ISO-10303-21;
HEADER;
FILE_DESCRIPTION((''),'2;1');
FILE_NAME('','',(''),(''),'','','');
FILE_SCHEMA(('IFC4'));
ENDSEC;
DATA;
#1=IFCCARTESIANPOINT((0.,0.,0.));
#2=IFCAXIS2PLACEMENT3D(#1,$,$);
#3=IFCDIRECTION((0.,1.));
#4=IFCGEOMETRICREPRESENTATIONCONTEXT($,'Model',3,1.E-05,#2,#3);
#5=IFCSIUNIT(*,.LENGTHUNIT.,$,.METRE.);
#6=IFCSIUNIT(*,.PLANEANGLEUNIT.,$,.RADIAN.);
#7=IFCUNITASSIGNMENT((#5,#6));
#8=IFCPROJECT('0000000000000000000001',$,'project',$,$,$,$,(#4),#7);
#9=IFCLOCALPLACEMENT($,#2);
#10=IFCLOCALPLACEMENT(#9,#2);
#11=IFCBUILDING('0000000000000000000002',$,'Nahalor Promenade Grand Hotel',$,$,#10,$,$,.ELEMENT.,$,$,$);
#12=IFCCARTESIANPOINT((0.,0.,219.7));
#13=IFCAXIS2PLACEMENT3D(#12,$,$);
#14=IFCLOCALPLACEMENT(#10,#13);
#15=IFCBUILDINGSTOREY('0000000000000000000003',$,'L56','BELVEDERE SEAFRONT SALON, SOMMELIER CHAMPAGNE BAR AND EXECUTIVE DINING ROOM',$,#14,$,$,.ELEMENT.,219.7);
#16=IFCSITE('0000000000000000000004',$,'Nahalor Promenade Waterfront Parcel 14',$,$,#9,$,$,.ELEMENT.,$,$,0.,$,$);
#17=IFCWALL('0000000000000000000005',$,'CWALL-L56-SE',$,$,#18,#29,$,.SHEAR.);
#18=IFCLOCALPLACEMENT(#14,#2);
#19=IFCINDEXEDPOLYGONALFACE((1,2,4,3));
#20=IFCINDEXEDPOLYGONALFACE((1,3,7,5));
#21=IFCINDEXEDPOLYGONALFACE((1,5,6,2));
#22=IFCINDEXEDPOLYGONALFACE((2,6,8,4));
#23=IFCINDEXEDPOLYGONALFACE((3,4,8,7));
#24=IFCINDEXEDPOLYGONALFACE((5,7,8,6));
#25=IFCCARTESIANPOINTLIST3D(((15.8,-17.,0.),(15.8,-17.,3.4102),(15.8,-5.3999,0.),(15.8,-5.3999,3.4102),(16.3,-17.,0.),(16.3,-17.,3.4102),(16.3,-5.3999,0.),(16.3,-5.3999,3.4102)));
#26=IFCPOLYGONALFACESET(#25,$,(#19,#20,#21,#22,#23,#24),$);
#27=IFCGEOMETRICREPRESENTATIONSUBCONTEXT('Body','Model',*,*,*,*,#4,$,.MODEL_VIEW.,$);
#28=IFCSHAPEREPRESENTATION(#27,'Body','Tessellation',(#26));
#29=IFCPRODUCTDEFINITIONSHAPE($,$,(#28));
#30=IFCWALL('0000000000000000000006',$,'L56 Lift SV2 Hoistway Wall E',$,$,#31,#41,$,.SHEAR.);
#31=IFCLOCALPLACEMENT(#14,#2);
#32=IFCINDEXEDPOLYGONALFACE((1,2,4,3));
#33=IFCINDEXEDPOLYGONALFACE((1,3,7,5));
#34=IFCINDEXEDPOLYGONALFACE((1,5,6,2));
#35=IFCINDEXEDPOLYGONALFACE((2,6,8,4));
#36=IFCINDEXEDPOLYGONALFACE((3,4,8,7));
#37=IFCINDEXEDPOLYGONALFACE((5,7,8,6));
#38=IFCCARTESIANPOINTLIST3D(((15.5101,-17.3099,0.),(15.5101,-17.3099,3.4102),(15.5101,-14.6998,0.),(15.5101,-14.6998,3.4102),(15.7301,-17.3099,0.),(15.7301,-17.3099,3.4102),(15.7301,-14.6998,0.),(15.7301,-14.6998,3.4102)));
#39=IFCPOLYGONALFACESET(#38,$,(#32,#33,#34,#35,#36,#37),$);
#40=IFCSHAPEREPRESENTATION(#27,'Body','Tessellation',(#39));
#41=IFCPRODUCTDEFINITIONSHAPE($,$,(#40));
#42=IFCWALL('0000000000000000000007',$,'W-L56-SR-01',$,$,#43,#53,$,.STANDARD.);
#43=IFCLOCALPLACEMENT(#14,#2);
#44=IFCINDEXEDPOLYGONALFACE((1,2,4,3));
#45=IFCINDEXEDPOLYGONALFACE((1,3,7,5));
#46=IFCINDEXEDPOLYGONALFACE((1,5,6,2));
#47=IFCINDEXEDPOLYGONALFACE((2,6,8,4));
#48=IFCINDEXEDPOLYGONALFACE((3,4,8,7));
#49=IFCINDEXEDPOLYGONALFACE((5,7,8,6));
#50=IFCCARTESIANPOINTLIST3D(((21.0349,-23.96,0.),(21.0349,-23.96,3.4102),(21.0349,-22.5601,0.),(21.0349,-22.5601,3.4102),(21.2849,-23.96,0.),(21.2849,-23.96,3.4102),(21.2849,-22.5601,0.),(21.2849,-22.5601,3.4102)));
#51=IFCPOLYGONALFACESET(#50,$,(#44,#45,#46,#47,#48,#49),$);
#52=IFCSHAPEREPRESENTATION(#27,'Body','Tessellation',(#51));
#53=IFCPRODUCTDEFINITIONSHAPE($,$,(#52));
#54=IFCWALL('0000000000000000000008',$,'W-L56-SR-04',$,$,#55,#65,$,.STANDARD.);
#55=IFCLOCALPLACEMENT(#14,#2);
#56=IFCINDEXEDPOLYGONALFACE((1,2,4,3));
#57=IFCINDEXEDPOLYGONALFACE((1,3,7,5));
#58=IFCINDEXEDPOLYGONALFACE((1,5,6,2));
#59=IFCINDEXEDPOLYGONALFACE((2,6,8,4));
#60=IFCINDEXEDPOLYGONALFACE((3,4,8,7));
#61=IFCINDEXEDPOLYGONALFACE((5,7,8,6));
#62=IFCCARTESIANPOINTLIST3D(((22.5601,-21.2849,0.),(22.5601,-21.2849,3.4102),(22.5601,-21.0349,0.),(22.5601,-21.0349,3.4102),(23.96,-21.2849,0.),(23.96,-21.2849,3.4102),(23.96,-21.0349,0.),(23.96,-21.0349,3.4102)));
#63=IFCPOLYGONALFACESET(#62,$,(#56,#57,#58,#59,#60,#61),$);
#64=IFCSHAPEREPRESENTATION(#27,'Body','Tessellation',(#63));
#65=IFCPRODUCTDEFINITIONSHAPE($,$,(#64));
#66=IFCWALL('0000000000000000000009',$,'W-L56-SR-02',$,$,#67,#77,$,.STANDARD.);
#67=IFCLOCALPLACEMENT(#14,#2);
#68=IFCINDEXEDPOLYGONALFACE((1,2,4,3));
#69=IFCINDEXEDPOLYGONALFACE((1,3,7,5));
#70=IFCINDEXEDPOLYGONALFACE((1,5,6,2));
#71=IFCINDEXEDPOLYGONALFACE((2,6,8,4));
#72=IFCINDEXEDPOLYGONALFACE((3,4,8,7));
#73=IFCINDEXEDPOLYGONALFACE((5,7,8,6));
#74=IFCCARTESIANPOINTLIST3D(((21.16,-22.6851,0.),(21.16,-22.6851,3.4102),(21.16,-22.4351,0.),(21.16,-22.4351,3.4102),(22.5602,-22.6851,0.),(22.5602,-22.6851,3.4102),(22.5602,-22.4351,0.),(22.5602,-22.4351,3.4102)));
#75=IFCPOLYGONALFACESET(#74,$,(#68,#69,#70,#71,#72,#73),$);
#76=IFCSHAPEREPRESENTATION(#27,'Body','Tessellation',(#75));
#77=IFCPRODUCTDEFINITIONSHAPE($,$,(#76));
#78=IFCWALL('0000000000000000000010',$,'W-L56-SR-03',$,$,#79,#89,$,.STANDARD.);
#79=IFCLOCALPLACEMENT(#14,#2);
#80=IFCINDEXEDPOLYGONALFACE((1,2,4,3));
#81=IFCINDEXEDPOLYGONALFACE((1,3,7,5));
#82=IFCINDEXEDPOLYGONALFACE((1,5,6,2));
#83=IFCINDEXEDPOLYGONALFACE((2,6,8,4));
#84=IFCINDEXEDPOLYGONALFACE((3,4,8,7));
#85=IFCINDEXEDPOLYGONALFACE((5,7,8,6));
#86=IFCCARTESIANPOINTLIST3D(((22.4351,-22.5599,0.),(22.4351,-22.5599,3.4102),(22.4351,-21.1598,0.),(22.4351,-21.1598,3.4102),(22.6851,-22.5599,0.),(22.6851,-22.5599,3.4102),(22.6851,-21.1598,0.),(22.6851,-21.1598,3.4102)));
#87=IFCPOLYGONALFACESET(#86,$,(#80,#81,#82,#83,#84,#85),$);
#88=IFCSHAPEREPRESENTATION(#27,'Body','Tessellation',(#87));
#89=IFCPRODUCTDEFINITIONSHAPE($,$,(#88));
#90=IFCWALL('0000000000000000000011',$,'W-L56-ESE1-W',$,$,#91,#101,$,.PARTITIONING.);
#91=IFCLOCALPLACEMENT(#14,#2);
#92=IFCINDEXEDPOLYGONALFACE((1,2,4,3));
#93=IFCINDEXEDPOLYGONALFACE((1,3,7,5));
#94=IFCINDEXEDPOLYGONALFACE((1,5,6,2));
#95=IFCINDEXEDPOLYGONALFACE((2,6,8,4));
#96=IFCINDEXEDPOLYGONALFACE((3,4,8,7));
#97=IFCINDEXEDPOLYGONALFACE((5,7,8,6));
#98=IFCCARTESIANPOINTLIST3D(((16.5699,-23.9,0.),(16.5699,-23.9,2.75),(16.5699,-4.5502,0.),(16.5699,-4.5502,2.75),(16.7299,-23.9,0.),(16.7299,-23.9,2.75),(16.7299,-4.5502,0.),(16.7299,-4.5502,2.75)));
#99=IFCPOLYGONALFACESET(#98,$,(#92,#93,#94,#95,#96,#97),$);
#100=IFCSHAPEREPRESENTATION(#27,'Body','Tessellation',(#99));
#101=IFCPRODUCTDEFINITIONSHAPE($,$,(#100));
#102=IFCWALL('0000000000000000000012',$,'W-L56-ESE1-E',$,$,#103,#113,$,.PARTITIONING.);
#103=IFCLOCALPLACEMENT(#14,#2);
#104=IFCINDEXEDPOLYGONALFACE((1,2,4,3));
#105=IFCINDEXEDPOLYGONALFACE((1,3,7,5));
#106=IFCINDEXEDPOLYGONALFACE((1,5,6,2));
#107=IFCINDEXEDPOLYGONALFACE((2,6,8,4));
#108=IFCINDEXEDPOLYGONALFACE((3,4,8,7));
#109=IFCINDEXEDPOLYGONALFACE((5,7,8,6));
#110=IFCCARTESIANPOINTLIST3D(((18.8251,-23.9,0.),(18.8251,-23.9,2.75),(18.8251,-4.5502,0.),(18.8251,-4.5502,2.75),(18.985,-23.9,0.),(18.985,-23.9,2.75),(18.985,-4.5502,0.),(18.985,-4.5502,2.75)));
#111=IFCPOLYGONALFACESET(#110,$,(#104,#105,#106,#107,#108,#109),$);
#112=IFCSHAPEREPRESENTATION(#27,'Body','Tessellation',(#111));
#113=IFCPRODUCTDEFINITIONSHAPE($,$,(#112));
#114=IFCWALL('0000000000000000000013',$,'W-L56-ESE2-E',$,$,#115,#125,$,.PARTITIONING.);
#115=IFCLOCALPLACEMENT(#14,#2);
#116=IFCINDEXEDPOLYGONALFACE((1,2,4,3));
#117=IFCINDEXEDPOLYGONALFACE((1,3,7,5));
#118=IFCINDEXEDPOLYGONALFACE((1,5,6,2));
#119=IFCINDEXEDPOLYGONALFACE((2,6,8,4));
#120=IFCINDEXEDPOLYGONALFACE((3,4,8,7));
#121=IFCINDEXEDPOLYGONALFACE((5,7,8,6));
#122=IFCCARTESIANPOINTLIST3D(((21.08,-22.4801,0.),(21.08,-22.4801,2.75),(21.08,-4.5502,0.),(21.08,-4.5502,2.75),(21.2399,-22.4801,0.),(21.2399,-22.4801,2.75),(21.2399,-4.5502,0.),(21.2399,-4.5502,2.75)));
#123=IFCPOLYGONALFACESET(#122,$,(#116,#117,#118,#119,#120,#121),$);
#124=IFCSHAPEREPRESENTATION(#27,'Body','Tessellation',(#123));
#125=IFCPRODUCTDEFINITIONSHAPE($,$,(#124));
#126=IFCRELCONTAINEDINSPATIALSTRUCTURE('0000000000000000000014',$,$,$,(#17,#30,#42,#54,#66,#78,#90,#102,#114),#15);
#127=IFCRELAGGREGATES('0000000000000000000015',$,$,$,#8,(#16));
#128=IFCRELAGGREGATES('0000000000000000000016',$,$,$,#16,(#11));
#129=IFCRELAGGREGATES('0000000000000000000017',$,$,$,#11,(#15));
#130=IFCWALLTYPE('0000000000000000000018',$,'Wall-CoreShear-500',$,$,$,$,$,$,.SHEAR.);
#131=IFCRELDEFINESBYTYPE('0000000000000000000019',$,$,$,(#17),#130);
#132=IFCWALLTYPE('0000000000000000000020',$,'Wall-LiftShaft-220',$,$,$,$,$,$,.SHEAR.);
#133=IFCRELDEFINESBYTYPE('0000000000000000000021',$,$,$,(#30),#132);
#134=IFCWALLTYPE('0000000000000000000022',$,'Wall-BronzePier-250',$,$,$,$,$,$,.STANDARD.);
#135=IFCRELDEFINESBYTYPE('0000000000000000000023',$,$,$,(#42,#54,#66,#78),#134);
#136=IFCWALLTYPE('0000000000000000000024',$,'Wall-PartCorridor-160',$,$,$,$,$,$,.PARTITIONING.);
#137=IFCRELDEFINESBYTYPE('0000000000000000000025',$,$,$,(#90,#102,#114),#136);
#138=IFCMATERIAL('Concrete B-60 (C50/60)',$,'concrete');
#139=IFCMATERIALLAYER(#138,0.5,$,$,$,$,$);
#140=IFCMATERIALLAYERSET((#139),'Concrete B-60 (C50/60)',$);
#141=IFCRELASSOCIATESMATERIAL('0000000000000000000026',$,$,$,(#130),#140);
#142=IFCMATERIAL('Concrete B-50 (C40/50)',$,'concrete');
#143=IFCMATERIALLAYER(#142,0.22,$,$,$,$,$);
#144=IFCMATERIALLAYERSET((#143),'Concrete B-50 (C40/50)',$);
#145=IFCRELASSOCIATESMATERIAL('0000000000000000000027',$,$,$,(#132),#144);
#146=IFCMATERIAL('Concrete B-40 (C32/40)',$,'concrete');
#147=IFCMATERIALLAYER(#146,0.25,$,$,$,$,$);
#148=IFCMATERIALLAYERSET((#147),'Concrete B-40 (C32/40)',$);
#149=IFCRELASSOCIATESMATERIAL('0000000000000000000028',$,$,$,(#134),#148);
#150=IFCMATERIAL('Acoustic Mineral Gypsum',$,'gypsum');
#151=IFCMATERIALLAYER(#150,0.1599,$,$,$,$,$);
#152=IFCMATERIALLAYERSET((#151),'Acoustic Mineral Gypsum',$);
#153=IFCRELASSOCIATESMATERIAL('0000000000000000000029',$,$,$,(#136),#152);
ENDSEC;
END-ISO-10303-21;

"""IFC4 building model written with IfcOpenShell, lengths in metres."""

from ifc_helpers import new_model, si_unit, direction, frame, frame_2d, origin, place, context, subcontext, project, spatial, rectangle, extrude, source, transform, mapped, material, layer, layer_set, type_object, element, save


model = new_model("IFC4")

# Units and contexts
model_context = context("Model", 3, precision=1e-05, world=origin(), true_north=direction((0.0, 1.0)))
body_context = subcontext(model_context, "Body", "Model", "MODEL_VIEW")
ifc_project = project(units=[si_unit("LENGTHUNIT", "METRE"), si_unit("PLANEANGLEUNIT", "RADIAN")], contexts=[model_context])

# Site, building, storey
site_placement = place(None, origin())
site = spatial("IfcSite", under=ifc_project, at=site_placement, Name="Nahalor Promenade Waterfront Parcel 14", CompositionType="ELEMENT", RefElevation=0.0)
building_placement = place(site_placement, origin())
building = spatial("IfcBuilding", under=site, at=building_placement, Name="Nahalor Promenade Grand Hotel", CompositionType="ELEMENT")
storey_placement = place(building_placement, frame((0.0, 0.0, 219.7)))
storey = spatial("IfcBuildingStorey", under=building, at=storey_placement, Name="L56", Description="BELVEDERE SEAFRONT SALON, SOMMELIER CHAMPAGNE BAR AND EXECUTIVE DINING ROOM", CompositionType="ELEMENT", Elevation=219.7)

# Shared definitions
ifc_material_1 = material(Name="Concrete B-60 (C50/60)", Category="concrete")

# Walls
ifc_layer_1 = layer(ifc_material_1, 0.5)
ifc_layer_set_1 = layer_set([ifc_layer_1], Name="Concrete B-60 (C50/60)")
wall_type_1 = type_object("IfcWallType", Name="Wall-CoreShear-500", PredefinedType="SHEAR", material=ifc_layer_set_1)
shared_shape_1 = source(origin(), body_context, "Body", "SweptSolid", [
    extrude(rectangle(XDim=11.6001, YDim=0.5, at=frame_2d((5.8, 0.0))), origin(), (0.0, 0.0, 1.0), 3.4102),
])
wall_1_placement = place(storey_placement, frame((16.05, -17.0, 0.0), z_axis=(0.0, 0.0, 1.0), x_axis=(0.0, 1.0, 0.0)))
element("IfcWall", 1, at=wall_1_placement, inside=storey, type_object=wall_type_1, Name="CWALL-L56-SE", PredefinedType="SHEAR", context=body_context, shape_type="MappedRepresentation", body=[
    mapped(shared_shape_1, transform((0.0, 0.0, 0.0), scale=1.0)),
])
ifc_material_2 = material(Name="Concrete B-50 (C40/50)", Category="concrete")
ifc_layer_2 = layer(ifc_material_2, 0.22)
ifc_layer_set_2 = layer_set([ifc_layer_2], Name="Concrete B-50 (C40/50)")
wall_type_2 = type_object("IfcWallType", Name="Wall-LiftShaft-220", PredefinedType="SHEAR", material=ifc_layer_set_2)
shared_shape_2 = source(origin(), body_context, "Body", "SweptSolid", [
    extrude(rectangle(XDim=2.6101, YDim=0.22, at=frame_2d((1.3052, 0.0))), origin(), (0.0, 0.0, 1.0), 3.4102),
])
wall_2_placement = place(storey_placement, frame((15.6201, -17.3101, 0.0), z_axis=(0.0, 0.0, 1.0), x_axis=(0.0, 1.0, 0.0)))
element("IfcWall", 2, at=wall_2_placement, inside=storey, type_object=wall_type_2, Name="L56 Lift SV2 Hoistway Wall E", PredefinedType="SHEAR", context=body_context, shape_type="MappedRepresentation", body=[
    mapped(shared_shape_2, transform((0.0, 0.0, 0.0), scale=1.0)),
])
ifc_material_3 = material(Name="Concrete B-40 (C32/40)", Category="concrete")
ifc_layer_3 = layer(ifc_material_3, 0.25)
ifc_layer_set_3 = layer_set([ifc_layer_3], Name="Concrete B-40 (C32/40)")
wall_type_3 = type_object("IfcWallType", Name="Wall-BronzePier-250", PredefinedType="STANDARD", material=ifc_layer_set_3)
shared_shape_3 = source(origin(), body_context, "Body", "SweptSolid", [
    extrude(rectangle(XDim=1.3999, YDim=0.25, at=frame_2d((0.7, 0.0))), origin(), (0.0, 0.0, 1.0), 3.4102),
])
for number, where, z_axis, x_axis, name in (
    (3, (21.1599, -23.96, 0.0), (0.0, 0.0, 1.0), (0.0, 1.0, 0.0), "W-L56-SR-01"),
    (4, (22.5601, -21.1599, 0.0), (0.0, 0.0, 1.0), (1.0, 0.0, 0.0), "W-L56-SR-04"),
):
    element("IfcWall", number, at=place(storey_placement, frame(where, z_axis=z_axis, x_axis=x_axis)), inside=storey, type_object=wall_type_3, Name=name, PredefinedType="STANDARD", context=body_context, shape_type="MappedRepresentation", body=[
        mapped(shared_shape_3, transform((0.0, 0.0, 0.0), scale=1.0)),
    ])
shared_shape_4 = source(origin(), body_context, "Body", "SweptSolid", [
    extrude(rectangle(XDim=1.4001, YDim=0.25, at=frame_2d((0.7002, 0.0))), origin(), (0.0, 0.0, 1.0), 3.4102),
])
for number, where, z_axis, x_axis, name in (
    (5, (21.1599, -22.5601, 0.0), (0.0, 0.0, 1.0), (1.0, 0.0, 0.0), "W-L56-SR-02"),
    (6, (22.5601, -22.5601, 0.0), (0.0, 0.0, 1.0), (0.0, 1.0, 0.0), "W-L56-SR-03"),
):
    element("IfcWall", number, at=place(storey_placement, frame(where, z_axis=z_axis, x_axis=x_axis)), inside=storey, type_object=wall_type_3, Name=name, PredefinedType="STANDARD", context=body_context, shape_type="MappedRepresentation", body=[
        mapped(shared_shape_4, transform((0.0, 0.0, 0.0), scale=1.0)),
    ])
ifc_material_4 = material(Name="Acoustic Mineral Gypsum", Category="gypsum")
ifc_layer_4 = layer(ifc_material_4, 0.1599)
ifc_layer_set_4 = layer_set([ifc_layer_4], Name="Acoustic Mineral Gypsum")
wall_type_4 = type_object("IfcWallType", Name="Wall-PartCorridor-160", PredefinedType="PARTITIONING", material=ifc_layer_set_4)
shared_shape_5 = source(origin(), body_context, "Body", "SweptSolid", [
    extrude(rectangle(XDim=19.3499, YDim=0.1599, at=frame_2d((9.6748, 0.0))), origin(), (0.0, 0.0, 1.0), 2.75),
])
for number, where, z_axis, x_axis, name in (
    (7, (16.6499, -23.8999, 0.0), (0.0, 0.0, 1.0), (0.0, 1.0, 0.0), "W-L56-ESE1-W"),
    (8, (18.905, -23.8999, 0.0), (0.0, 0.0, 1.0), (0.0, 1.0, 0.0), "W-L56-ESE1-E"),
):
    element("IfcWall", number, at=place(storey_placement, frame(where, z_axis=z_axis, x_axis=x_axis)), inside=storey, type_object=wall_type_4, Name=name, PredefinedType="PARTITIONING", context=body_context, shape_type="MappedRepresentation", body=[
        mapped(shared_shape_5, transform((0.0, 0.0, 0.0), scale=1.0)),
    ])
shared_shape_6 = source(origin(), body_context, "Body", "SweptSolid", [
    extrude(rectangle(XDim=17.9299, YDim=0.1599, at=frame_2d((8.9648, 0.0))), origin(), (0.0, 0.0, 1.0), 2.75),
])
wall_3_placement = place(storey_placement, frame((21.1599, -22.48, 0.0), z_axis=(0.0, 0.0, 1.0), x_axis=(0.0, 1.0, 0.0)))
element("IfcWall", 9, at=wall_3_placement, inside=storey, type_object=wall_type_4, Name="W-L56-ESE2-E", PredefinedType="PARTITIONING", context=body_context, shape_type="MappedRepresentation", body=[
    mapped(shared_shape_6, transform((0.0, 0.0, 0.0), scale=1.0)),
])

save(model, "model.ifc")
